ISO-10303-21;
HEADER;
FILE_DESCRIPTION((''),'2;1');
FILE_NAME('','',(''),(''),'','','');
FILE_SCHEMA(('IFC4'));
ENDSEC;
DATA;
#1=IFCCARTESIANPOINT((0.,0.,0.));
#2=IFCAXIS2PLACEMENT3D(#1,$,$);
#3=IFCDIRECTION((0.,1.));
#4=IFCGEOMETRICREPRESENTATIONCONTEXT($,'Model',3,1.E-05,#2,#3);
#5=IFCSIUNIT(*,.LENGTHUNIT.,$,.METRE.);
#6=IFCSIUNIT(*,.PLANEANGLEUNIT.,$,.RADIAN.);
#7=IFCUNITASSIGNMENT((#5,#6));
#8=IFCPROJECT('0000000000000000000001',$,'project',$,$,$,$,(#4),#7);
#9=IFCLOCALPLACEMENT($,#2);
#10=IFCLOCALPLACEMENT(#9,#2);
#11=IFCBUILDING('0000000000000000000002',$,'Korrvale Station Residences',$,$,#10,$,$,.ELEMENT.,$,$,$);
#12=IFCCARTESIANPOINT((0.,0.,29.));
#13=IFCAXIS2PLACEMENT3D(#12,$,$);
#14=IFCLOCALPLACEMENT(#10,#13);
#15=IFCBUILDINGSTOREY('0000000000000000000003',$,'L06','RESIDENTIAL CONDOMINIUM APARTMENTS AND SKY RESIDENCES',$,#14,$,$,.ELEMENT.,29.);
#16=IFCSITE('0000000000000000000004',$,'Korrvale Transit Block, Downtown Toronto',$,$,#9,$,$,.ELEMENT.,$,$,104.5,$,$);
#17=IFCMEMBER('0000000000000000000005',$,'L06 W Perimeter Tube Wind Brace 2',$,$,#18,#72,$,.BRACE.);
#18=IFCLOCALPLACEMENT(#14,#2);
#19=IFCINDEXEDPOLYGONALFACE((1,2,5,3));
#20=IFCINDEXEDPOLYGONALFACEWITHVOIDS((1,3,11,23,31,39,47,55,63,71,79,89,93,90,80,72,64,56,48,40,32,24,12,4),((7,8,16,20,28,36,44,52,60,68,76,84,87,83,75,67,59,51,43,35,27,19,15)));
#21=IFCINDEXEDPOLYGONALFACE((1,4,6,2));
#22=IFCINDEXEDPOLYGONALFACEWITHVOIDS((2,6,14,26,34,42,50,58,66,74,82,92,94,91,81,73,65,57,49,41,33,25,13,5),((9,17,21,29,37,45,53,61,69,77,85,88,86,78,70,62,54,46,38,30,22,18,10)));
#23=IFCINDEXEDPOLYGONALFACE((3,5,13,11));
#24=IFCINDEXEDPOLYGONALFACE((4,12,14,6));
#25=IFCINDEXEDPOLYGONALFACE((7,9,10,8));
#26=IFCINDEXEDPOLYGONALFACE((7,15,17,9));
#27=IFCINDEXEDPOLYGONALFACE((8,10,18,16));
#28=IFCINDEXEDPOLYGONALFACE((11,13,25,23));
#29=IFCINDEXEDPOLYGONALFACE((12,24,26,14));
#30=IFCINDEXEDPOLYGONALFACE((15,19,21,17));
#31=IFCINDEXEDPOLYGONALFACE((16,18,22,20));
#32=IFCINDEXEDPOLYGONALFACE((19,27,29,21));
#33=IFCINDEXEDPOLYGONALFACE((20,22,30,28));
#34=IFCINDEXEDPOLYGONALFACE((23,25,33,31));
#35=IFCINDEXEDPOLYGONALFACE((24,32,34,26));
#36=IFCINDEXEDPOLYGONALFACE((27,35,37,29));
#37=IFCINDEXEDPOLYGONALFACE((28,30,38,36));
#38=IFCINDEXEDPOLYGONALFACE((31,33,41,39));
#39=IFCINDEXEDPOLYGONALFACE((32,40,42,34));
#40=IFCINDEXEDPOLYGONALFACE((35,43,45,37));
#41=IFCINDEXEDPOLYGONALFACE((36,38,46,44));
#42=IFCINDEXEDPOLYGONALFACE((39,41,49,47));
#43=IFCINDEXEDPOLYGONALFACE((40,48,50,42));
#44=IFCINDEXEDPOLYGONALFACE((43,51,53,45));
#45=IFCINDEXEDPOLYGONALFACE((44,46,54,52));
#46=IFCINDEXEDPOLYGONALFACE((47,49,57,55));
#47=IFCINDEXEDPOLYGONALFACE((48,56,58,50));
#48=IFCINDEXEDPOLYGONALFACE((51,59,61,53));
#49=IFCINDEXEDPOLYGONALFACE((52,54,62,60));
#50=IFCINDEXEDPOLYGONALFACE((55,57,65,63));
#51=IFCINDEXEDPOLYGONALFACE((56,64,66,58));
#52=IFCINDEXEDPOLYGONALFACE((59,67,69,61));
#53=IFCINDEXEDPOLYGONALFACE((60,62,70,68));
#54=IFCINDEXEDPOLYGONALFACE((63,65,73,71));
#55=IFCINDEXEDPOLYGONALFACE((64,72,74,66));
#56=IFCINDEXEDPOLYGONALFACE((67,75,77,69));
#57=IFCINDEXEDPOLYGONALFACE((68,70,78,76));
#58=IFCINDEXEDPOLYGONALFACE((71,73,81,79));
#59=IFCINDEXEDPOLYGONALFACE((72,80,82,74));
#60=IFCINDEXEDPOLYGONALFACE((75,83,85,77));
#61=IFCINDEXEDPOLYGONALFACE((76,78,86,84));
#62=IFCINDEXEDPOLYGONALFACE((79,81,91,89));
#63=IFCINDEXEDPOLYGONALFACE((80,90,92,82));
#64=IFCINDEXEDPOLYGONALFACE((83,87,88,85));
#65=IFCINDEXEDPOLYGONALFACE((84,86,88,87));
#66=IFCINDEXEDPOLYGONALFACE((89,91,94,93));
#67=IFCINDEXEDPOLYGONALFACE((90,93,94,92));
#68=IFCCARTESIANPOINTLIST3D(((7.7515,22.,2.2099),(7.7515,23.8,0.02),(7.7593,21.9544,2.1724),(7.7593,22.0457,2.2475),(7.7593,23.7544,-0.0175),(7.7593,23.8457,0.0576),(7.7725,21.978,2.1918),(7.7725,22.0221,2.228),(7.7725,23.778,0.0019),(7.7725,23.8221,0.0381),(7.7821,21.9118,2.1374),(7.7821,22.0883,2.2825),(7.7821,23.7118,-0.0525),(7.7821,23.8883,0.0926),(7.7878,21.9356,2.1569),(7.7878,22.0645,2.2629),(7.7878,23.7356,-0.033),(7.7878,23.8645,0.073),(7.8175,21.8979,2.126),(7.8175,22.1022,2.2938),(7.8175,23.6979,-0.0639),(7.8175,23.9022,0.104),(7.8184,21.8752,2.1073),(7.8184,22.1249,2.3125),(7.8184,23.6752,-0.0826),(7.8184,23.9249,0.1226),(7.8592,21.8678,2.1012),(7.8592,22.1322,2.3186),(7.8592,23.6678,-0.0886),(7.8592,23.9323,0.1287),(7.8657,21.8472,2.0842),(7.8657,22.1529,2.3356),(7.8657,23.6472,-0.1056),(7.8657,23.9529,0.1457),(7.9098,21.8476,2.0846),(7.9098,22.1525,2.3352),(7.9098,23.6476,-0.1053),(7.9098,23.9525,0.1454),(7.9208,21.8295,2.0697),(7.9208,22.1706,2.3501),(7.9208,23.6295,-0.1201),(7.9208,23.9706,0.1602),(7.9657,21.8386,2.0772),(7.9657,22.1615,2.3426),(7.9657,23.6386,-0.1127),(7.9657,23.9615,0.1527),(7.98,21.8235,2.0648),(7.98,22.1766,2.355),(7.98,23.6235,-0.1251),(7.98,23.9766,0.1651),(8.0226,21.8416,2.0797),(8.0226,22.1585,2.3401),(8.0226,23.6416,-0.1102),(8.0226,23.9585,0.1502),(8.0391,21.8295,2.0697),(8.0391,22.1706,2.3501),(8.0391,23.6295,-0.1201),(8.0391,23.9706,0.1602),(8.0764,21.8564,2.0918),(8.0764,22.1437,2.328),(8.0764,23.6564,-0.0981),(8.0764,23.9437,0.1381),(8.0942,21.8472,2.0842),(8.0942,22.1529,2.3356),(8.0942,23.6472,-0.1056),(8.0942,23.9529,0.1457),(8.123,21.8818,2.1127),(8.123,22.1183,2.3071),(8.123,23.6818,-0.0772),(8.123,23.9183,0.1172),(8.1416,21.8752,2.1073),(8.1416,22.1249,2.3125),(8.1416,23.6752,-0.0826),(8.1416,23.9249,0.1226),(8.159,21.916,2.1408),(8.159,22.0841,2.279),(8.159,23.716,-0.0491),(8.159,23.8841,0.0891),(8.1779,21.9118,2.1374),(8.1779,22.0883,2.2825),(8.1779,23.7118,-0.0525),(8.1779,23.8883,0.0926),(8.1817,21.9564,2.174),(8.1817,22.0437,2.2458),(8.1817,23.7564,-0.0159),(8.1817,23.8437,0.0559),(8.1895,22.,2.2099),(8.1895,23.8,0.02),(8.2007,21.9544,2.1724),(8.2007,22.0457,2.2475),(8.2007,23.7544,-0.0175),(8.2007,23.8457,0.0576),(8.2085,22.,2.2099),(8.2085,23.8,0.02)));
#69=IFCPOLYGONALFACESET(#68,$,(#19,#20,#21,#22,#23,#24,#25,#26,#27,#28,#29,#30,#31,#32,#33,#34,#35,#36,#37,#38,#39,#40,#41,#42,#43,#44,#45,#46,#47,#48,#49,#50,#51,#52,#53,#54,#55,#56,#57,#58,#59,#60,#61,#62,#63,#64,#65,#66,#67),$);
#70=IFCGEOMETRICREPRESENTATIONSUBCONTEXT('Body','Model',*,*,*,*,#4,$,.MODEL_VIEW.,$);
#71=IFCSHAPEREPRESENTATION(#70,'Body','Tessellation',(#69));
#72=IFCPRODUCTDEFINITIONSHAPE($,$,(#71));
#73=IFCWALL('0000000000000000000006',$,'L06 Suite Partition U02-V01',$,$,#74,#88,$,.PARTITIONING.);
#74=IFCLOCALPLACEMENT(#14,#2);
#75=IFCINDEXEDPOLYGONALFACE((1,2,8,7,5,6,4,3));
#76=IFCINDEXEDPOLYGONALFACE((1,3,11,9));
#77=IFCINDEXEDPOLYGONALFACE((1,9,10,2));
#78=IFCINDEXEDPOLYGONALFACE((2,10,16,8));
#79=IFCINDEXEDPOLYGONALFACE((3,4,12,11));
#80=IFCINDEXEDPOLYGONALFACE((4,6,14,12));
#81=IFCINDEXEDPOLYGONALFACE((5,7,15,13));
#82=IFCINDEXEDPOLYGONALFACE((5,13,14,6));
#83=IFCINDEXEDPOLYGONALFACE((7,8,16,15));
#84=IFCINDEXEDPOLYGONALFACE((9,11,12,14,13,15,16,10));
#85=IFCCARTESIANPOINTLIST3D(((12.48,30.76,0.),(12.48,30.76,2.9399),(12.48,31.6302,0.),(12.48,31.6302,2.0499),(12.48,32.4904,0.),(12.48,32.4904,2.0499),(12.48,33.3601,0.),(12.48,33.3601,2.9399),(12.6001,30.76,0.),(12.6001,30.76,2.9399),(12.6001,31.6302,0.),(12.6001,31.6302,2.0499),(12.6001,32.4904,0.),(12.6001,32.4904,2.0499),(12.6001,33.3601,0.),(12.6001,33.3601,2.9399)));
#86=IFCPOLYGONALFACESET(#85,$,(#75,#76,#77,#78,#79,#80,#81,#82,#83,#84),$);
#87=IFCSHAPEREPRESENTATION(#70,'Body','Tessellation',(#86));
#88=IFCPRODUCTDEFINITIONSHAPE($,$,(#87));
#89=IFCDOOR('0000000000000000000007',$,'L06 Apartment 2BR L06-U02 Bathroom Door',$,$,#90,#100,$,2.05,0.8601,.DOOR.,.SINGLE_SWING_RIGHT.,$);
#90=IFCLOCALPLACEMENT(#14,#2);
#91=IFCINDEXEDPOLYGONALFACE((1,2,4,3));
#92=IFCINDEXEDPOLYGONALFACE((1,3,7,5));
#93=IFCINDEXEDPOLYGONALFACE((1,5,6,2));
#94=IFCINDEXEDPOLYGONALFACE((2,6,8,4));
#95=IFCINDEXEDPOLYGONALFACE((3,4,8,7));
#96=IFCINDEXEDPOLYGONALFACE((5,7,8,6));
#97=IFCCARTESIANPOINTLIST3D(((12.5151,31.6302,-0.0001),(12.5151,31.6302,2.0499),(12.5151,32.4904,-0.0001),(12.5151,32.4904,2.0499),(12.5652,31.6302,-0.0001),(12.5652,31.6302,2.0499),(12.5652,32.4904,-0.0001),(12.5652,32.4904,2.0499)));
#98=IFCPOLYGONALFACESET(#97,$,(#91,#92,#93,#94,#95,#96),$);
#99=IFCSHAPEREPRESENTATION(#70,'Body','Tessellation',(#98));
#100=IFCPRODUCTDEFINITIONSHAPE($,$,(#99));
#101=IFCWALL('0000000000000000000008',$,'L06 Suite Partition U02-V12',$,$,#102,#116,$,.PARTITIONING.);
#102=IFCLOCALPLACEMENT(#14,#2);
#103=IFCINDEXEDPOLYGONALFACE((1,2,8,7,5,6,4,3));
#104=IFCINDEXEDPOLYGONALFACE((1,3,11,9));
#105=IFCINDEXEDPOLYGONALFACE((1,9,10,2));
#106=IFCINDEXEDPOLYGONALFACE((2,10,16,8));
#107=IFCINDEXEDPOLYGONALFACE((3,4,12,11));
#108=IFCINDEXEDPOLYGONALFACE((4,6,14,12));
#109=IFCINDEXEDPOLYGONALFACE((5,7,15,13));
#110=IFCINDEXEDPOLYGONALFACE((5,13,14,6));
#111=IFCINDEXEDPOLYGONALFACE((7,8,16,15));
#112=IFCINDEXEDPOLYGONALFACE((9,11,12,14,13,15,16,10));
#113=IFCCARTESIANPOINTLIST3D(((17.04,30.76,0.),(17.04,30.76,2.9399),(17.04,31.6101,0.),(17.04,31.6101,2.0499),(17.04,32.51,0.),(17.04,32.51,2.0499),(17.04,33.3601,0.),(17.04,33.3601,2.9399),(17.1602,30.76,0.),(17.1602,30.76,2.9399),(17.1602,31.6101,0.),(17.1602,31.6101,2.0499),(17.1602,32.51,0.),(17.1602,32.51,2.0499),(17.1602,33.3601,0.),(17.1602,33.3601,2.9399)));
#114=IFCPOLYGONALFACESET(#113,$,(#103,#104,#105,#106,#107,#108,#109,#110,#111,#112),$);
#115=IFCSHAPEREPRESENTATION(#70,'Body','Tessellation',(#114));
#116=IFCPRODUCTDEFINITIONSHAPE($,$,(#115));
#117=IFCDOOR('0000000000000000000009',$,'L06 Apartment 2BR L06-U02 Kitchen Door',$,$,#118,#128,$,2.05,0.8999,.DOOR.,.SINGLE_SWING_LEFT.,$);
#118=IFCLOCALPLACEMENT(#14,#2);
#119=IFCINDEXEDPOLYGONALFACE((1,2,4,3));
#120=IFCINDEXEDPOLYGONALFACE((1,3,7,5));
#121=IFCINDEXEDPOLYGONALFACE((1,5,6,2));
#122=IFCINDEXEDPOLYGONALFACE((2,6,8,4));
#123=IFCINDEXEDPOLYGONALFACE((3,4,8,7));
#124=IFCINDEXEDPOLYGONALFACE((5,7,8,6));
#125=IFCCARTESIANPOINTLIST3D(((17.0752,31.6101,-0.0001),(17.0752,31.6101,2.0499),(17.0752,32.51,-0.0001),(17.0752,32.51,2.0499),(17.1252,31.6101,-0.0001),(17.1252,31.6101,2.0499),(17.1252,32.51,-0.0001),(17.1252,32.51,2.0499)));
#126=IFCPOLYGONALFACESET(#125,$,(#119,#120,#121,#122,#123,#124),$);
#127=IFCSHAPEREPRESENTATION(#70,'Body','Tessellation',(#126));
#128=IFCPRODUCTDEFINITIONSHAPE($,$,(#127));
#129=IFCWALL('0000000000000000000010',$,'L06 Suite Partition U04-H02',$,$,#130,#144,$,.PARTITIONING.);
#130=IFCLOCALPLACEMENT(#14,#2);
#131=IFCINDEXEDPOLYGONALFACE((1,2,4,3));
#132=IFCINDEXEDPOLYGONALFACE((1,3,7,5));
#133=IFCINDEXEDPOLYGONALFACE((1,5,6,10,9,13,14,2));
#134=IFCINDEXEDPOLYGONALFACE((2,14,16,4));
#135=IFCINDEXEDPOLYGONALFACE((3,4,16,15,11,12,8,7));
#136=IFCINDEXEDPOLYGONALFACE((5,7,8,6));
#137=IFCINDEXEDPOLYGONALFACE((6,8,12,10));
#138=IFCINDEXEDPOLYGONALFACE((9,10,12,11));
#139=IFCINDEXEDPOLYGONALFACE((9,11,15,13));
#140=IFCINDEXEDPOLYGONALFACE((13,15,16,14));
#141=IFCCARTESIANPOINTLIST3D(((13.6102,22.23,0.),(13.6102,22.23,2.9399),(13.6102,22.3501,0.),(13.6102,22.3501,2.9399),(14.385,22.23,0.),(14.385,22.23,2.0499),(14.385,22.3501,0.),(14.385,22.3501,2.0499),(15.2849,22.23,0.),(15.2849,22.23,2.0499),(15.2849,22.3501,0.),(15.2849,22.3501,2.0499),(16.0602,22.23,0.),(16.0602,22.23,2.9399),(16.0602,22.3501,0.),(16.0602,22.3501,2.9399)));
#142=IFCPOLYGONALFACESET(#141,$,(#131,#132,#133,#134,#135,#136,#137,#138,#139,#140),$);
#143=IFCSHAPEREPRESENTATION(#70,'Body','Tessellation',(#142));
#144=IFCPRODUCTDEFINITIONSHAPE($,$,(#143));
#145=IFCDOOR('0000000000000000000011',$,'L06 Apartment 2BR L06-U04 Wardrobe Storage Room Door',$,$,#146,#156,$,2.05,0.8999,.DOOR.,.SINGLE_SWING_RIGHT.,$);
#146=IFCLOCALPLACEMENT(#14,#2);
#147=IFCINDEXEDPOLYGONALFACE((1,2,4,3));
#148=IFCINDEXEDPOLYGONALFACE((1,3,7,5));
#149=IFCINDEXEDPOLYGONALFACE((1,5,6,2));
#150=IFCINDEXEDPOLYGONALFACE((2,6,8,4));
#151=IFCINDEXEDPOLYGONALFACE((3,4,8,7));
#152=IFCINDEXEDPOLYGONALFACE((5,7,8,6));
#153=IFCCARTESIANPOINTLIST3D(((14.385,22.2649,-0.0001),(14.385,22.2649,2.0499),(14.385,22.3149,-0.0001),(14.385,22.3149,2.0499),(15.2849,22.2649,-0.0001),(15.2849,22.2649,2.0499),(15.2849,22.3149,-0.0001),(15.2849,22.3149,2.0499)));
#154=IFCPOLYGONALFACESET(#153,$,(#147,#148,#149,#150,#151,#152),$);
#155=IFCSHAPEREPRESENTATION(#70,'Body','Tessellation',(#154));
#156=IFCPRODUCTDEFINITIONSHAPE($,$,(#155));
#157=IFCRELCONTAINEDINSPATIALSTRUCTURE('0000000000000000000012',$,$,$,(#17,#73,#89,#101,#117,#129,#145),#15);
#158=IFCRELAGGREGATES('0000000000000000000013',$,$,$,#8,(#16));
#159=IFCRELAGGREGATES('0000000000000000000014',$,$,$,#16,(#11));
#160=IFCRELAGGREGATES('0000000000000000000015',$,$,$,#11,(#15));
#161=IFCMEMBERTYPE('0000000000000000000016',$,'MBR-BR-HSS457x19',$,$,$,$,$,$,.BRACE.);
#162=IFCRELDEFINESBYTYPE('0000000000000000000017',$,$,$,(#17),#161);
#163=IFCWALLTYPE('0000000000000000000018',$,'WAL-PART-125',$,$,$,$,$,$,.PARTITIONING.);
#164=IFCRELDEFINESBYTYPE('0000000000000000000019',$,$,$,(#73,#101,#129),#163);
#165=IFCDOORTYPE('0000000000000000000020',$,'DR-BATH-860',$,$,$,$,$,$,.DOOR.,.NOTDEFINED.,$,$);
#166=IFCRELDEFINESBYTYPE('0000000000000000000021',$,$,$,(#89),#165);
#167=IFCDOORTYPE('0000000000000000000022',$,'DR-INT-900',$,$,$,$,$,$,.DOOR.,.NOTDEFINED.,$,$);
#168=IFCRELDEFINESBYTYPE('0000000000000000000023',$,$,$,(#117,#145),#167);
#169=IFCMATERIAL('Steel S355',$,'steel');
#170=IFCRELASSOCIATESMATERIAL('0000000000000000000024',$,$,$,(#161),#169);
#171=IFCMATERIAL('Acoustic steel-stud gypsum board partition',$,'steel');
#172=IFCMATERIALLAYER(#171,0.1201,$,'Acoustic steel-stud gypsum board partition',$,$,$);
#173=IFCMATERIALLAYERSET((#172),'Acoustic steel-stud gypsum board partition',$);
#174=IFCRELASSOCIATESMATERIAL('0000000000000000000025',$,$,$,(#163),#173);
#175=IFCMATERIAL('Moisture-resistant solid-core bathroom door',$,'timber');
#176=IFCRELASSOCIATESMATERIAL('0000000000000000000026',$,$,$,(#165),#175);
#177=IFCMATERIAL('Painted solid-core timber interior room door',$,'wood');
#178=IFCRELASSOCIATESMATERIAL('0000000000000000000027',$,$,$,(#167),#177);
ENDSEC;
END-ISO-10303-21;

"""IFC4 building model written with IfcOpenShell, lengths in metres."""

from ifc_helpers import new_model, si_unit, direction, frame, frame_2d, origin, origin_2d, place, context, subcontext, project, spatial, rectangle, hollow_circle, extrude, material, layer, layer_set, material_profile, profile_set, type_object, element, fill, save


model = new_model("IFC4")

# Units and contexts
model_context = context("Model", 3, precision=1e-05, world=origin(), true_north=direction((0.0, 1.0)))
body_context = subcontext(model_context, "Body", "Model", "MODEL_VIEW")
ifc_project = project(units=[si_unit("LENGTHUNIT", "METRE"), si_unit("PLANEANGLEUNIT", "RADIAN")], contexts=[model_context])

# Site, building, storey
site_placement = place(None, origin())
site = spatial("IfcSite", under=ifc_project, at=site_placement, Name="Korrvale Transit Block, Downtown Toronto", CompositionType="ELEMENT", RefElevation=104.5)
building_placement = place(site_placement, origin())
building = spatial("IfcBuilding", under=site, at=building_placement, Name="Korrvale Station Residences", CompositionType="ELEMENT")
storey_placement = place(building_placement, frame((0.0, 0.0, 29.0)))
storey = spatial("IfcBuildingStorey", under=building, at=storey_placement, Name="L06", Description="RESIDENTIAL CONDOMINIUM APARTMENTS AND SKY RESIDENCES", CompositionType="ELEMENT", Elevation=29.0)

# Shared definitions
ifc_material_1 = material(Name="Steel S355", Category="steel")

# Member
ifc_material_profile_1 = material_profile(ifc_material_1, hollow_circle(Radius=0.2285, WallThickness=0.019, at=origin_2d()), Name="HSS457x19")
ifc_profile_set_1 = profile_set([ifc_material_profile_1], Name="Steel S355")
member_type = type_object("IfcMemberType", Name="MBR-BR-HSS457x19", PredefinedType="BRACE", material=ifc_profile_set_1)
member_placement = place(storey_placement, frame((7.98, 23.8, 0.02), z_axis=(0.0, -0.634985, 0.772524), x_axis=(1.0, 0.0, 0.0)))
element("IfcMember", 1, at=member_placement, inside=storey, type_object=member_type, Name="L06 W Perimeter Tube Wind Brace 2", PredefinedType="BRACE", context=body_context, shape_type="SweptSolid", body=[
    extrude(hollow_circle(Radius=0.2285, WallThickness=0.019, at=origin_2d()), origin(), (0.0, 0.0, 1.0), 2.8347),
])

# Walls, openings, doors
ifc_material_2 = material(Name="Acoustic steel-stud gypsum board partition", Category="steel")
ifc_layer_1 = layer(ifc_material_2, 0.1201, Name="Acoustic steel-stud gypsum board partition")
ifc_layer_set_1 = layer_set([ifc_layer_1], Name="Acoustic steel-stud gypsum board partition")
wall_type_1 = type_object("IfcWallType", Name="WAL-PART-125", PredefinedType="PARTITIONING", material=ifc_layer_set_1)
wall_1_placement = place(storey_placement, frame((12.54, 30.76, 0.0), z_axis=(0.0, 0.0, 1.0), x_axis=(0.0, 1.0, 0.0)))
wall_1 = element("IfcWall", 2, at=wall_1_placement, inside=storey, type_object=wall_type_1, Name="L06 Suite Partition U02-V01", PredefinedType="PARTITIONING", context=body_context, shape_type="SweptSolid", body=[
    extrude(rectangle(XDim=2.6001, YDim=0.1201, at=frame_2d((1.3, 0.0))), origin(), (0.0, 0.0, 1.0), 2.9399),
])
opening_1_placement = place(wall_1_placement, frame((0.8701, 0.0, 0.0)))
opening_1 = element("IfcOpeningElement", 3, at=opening_1_placement, cuts=wall_1, PredefinedType="OPENING", context=body_context, shape_type="SweptSolid", body=[
    extrude(rectangle(XDim=0.8601, YDim=2.05, at=frame_2d((0.4302, 1.0249))), frame((0.0, 0.0701, 0.0), z_axis=(0.0, -1.0, 0.0), x_axis=(1.0, 0.0, 0.0)), (0.0, 0.0, 1.0), 0.1401),
])
ifc_material_3 = material(Name="Moisture-resistant solid-core bathroom door", Category="timber")
door_type_1 = type_object("IfcDoorType", Name="DR-BATH-860", OperationType="NOTDEFINED", PredefinedType="DOOR", material=ifc_material_3)
door_1_placement = place(opening_1_placement, origin())
door_1 = element("IfcDoor", 4, at=door_1_placement, inside=storey, type_object=door_type_1, Name="L06 Apartment 2BR L06-U02 Bathroom Door", OperationType="SINGLE_SWING_RIGHT", OverallHeight=2.05, OverallWidth=0.8601, PredefinedType="DOOR", context=body_context, shape_type="SweptSolid", body=[
    extrude(rectangle(XDim=0.8601, YDim=2.05, at=frame_2d((0.4302, 1.0249))), frame((0.0, 0.0249, 0.0), z_axis=(0.0, -1.0, 0.0), x_axis=(1.0, 0.0, 0.0)), (0.0, 0.0, 1.0), 0.05),
])
fill(opening_1, door_1)
wall_2_placement = place(storey_placement, frame((17.1001, 30.76, 0.0), z_axis=(0.0, 0.0, 1.0), x_axis=(0.0, 1.0, 0.0)))
wall_2 = element("IfcWall", 5, at=wall_2_placement, inside=storey, type_object=wall_type_1, Name="L06 Suite Partition U02-V12", PredefinedType="PARTITIONING", context=body_context, shape_type="SweptSolid", body=[
    extrude(rectangle(XDim=2.6001, YDim=0.1201, at=frame_2d((1.3, 0.0))), origin(), (0.0, 0.0, 1.0), 2.9399),
])
opening_2_placement = place(wall_2_placement, frame((0.8501, 0.0, 0.0)))
opening_2 = element("IfcOpeningElement", 6, at=opening_2_placement, cuts=wall_2, PredefinedType="OPENING", context=body_context, shape_type="SweptSolid", body=[
    extrude(rectangle(XDim=0.8999, YDim=2.05, at=frame_2d((0.45, 1.0249))), frame((0.0, 0.0701, 0.0), z_axis=(0.0, -1.0, 0.0), x_axis=(1.0, 0.0, 0.0)), (0.0, 0.0, 1.0), 0.1401),
])
ifc_material_4 = material(Name="Painted solid-core timber interior room door", Category="wood")
door_type_2 = type_object("IfcDoorType", Name="DR-INT-900", OperationType="NOTDEFINED", PredefinedType="DOOR", material=ifc_material_4)
door_2_placement = place(opening_2_placement, origin())
door_2 = element("IfcDoor", 7, at=door_2_placement, inside=storey, type_object=door_type_2, Name="L06 Apartment 2BR L06-U02 Kitchen Door", OperationType="SINGLE_SWING_LEFT", OverallHeight=2.05, OverallWidth=0.8999, PredefinedType="DOOR", context=body_context, shape_type="SweptSolid", body=[
    extrude(rectangle(XDim=0.8999, YDim=2.05, at=frame_2d((0.45, 1.0249))), frame((0.0, 0.0249, 0.0), z_axis=(0.0, -1.0, 0.0), x_axis=(1.0, 0.0, 0.0)), (0.0, 0.0, 1.0), 0.05),
])
fill(opening_2, door_2)
wall_3_placement = place(storey_placement, frame((13.6101, 22.29, 0.0), z_axis=(0.0, 0.0, 1.0), x_axis=(1.0, 0.0, 0.0)))
wall_3 = element("IfcWall", 8, at=wall_3_placement, inside=storey, type_object=wall_type_1, Name="L06 Suite Partition U04-H02", PredefinedType="PARTITIONING", context=body_context, shape_type="SweptSolid", body=[
    extrude(rectangle(XDim=2.45, YDim=0.1201, at=frame_2d((1.2251, 0.0))), origin(), (0.0, 0.0, 1.0), 2.9399),
])
opening_3_placement = place(wall_3_placement, frame((0.7749, 0.0, 0.0)))
opening_3 = element("IfcOpeningElement", 9, at=opening_3_placement, cuts=wall_3, PredefinedType="OPENING", context=body_context, shape_type="SweptSolid", body=[
    extrude(rectangle(XDim=0.8999, YDim=2.05, at=frame_2d((0.45, 1.0249))), frame((0.0, 0.0701, 0.0), z_axis=(0.0, -1.0, 0.0), x_axis=(1.0, 0.0, 0.0)), (0.0, 0.0, 1.0), 0.1401),
])
door_3_placement = place(opening_3_placement, origin())
door_3 = element("IfcDoor", 10, at=door_3_placement, inside=storey, type_object=door_type_2, Name="L06 Apartment 2BR L06-U04 Wardrobe Storage Room Door", OperationType="SINGLE_SWING_RIGHT", OverallHeight=2.05, OverallWidth=0.8999, PredefinedType="DOOR", context=body_context, shape_type="SweptSolid", body=[
    extrude(rectangle(XDim=0.8999, YDim=2.05, at=frame_2d((0.45, 1.0249))), frame((0.0, 0.0249, 0.0), z_axis=(0.0, -1.0, 0.0), x_axis=(1.0, 0.0, 0.0)), (0.0, 0.0, 1.0), 0.05),
])
fill(opening_3, door_3)

save(model, "model.ifc")
